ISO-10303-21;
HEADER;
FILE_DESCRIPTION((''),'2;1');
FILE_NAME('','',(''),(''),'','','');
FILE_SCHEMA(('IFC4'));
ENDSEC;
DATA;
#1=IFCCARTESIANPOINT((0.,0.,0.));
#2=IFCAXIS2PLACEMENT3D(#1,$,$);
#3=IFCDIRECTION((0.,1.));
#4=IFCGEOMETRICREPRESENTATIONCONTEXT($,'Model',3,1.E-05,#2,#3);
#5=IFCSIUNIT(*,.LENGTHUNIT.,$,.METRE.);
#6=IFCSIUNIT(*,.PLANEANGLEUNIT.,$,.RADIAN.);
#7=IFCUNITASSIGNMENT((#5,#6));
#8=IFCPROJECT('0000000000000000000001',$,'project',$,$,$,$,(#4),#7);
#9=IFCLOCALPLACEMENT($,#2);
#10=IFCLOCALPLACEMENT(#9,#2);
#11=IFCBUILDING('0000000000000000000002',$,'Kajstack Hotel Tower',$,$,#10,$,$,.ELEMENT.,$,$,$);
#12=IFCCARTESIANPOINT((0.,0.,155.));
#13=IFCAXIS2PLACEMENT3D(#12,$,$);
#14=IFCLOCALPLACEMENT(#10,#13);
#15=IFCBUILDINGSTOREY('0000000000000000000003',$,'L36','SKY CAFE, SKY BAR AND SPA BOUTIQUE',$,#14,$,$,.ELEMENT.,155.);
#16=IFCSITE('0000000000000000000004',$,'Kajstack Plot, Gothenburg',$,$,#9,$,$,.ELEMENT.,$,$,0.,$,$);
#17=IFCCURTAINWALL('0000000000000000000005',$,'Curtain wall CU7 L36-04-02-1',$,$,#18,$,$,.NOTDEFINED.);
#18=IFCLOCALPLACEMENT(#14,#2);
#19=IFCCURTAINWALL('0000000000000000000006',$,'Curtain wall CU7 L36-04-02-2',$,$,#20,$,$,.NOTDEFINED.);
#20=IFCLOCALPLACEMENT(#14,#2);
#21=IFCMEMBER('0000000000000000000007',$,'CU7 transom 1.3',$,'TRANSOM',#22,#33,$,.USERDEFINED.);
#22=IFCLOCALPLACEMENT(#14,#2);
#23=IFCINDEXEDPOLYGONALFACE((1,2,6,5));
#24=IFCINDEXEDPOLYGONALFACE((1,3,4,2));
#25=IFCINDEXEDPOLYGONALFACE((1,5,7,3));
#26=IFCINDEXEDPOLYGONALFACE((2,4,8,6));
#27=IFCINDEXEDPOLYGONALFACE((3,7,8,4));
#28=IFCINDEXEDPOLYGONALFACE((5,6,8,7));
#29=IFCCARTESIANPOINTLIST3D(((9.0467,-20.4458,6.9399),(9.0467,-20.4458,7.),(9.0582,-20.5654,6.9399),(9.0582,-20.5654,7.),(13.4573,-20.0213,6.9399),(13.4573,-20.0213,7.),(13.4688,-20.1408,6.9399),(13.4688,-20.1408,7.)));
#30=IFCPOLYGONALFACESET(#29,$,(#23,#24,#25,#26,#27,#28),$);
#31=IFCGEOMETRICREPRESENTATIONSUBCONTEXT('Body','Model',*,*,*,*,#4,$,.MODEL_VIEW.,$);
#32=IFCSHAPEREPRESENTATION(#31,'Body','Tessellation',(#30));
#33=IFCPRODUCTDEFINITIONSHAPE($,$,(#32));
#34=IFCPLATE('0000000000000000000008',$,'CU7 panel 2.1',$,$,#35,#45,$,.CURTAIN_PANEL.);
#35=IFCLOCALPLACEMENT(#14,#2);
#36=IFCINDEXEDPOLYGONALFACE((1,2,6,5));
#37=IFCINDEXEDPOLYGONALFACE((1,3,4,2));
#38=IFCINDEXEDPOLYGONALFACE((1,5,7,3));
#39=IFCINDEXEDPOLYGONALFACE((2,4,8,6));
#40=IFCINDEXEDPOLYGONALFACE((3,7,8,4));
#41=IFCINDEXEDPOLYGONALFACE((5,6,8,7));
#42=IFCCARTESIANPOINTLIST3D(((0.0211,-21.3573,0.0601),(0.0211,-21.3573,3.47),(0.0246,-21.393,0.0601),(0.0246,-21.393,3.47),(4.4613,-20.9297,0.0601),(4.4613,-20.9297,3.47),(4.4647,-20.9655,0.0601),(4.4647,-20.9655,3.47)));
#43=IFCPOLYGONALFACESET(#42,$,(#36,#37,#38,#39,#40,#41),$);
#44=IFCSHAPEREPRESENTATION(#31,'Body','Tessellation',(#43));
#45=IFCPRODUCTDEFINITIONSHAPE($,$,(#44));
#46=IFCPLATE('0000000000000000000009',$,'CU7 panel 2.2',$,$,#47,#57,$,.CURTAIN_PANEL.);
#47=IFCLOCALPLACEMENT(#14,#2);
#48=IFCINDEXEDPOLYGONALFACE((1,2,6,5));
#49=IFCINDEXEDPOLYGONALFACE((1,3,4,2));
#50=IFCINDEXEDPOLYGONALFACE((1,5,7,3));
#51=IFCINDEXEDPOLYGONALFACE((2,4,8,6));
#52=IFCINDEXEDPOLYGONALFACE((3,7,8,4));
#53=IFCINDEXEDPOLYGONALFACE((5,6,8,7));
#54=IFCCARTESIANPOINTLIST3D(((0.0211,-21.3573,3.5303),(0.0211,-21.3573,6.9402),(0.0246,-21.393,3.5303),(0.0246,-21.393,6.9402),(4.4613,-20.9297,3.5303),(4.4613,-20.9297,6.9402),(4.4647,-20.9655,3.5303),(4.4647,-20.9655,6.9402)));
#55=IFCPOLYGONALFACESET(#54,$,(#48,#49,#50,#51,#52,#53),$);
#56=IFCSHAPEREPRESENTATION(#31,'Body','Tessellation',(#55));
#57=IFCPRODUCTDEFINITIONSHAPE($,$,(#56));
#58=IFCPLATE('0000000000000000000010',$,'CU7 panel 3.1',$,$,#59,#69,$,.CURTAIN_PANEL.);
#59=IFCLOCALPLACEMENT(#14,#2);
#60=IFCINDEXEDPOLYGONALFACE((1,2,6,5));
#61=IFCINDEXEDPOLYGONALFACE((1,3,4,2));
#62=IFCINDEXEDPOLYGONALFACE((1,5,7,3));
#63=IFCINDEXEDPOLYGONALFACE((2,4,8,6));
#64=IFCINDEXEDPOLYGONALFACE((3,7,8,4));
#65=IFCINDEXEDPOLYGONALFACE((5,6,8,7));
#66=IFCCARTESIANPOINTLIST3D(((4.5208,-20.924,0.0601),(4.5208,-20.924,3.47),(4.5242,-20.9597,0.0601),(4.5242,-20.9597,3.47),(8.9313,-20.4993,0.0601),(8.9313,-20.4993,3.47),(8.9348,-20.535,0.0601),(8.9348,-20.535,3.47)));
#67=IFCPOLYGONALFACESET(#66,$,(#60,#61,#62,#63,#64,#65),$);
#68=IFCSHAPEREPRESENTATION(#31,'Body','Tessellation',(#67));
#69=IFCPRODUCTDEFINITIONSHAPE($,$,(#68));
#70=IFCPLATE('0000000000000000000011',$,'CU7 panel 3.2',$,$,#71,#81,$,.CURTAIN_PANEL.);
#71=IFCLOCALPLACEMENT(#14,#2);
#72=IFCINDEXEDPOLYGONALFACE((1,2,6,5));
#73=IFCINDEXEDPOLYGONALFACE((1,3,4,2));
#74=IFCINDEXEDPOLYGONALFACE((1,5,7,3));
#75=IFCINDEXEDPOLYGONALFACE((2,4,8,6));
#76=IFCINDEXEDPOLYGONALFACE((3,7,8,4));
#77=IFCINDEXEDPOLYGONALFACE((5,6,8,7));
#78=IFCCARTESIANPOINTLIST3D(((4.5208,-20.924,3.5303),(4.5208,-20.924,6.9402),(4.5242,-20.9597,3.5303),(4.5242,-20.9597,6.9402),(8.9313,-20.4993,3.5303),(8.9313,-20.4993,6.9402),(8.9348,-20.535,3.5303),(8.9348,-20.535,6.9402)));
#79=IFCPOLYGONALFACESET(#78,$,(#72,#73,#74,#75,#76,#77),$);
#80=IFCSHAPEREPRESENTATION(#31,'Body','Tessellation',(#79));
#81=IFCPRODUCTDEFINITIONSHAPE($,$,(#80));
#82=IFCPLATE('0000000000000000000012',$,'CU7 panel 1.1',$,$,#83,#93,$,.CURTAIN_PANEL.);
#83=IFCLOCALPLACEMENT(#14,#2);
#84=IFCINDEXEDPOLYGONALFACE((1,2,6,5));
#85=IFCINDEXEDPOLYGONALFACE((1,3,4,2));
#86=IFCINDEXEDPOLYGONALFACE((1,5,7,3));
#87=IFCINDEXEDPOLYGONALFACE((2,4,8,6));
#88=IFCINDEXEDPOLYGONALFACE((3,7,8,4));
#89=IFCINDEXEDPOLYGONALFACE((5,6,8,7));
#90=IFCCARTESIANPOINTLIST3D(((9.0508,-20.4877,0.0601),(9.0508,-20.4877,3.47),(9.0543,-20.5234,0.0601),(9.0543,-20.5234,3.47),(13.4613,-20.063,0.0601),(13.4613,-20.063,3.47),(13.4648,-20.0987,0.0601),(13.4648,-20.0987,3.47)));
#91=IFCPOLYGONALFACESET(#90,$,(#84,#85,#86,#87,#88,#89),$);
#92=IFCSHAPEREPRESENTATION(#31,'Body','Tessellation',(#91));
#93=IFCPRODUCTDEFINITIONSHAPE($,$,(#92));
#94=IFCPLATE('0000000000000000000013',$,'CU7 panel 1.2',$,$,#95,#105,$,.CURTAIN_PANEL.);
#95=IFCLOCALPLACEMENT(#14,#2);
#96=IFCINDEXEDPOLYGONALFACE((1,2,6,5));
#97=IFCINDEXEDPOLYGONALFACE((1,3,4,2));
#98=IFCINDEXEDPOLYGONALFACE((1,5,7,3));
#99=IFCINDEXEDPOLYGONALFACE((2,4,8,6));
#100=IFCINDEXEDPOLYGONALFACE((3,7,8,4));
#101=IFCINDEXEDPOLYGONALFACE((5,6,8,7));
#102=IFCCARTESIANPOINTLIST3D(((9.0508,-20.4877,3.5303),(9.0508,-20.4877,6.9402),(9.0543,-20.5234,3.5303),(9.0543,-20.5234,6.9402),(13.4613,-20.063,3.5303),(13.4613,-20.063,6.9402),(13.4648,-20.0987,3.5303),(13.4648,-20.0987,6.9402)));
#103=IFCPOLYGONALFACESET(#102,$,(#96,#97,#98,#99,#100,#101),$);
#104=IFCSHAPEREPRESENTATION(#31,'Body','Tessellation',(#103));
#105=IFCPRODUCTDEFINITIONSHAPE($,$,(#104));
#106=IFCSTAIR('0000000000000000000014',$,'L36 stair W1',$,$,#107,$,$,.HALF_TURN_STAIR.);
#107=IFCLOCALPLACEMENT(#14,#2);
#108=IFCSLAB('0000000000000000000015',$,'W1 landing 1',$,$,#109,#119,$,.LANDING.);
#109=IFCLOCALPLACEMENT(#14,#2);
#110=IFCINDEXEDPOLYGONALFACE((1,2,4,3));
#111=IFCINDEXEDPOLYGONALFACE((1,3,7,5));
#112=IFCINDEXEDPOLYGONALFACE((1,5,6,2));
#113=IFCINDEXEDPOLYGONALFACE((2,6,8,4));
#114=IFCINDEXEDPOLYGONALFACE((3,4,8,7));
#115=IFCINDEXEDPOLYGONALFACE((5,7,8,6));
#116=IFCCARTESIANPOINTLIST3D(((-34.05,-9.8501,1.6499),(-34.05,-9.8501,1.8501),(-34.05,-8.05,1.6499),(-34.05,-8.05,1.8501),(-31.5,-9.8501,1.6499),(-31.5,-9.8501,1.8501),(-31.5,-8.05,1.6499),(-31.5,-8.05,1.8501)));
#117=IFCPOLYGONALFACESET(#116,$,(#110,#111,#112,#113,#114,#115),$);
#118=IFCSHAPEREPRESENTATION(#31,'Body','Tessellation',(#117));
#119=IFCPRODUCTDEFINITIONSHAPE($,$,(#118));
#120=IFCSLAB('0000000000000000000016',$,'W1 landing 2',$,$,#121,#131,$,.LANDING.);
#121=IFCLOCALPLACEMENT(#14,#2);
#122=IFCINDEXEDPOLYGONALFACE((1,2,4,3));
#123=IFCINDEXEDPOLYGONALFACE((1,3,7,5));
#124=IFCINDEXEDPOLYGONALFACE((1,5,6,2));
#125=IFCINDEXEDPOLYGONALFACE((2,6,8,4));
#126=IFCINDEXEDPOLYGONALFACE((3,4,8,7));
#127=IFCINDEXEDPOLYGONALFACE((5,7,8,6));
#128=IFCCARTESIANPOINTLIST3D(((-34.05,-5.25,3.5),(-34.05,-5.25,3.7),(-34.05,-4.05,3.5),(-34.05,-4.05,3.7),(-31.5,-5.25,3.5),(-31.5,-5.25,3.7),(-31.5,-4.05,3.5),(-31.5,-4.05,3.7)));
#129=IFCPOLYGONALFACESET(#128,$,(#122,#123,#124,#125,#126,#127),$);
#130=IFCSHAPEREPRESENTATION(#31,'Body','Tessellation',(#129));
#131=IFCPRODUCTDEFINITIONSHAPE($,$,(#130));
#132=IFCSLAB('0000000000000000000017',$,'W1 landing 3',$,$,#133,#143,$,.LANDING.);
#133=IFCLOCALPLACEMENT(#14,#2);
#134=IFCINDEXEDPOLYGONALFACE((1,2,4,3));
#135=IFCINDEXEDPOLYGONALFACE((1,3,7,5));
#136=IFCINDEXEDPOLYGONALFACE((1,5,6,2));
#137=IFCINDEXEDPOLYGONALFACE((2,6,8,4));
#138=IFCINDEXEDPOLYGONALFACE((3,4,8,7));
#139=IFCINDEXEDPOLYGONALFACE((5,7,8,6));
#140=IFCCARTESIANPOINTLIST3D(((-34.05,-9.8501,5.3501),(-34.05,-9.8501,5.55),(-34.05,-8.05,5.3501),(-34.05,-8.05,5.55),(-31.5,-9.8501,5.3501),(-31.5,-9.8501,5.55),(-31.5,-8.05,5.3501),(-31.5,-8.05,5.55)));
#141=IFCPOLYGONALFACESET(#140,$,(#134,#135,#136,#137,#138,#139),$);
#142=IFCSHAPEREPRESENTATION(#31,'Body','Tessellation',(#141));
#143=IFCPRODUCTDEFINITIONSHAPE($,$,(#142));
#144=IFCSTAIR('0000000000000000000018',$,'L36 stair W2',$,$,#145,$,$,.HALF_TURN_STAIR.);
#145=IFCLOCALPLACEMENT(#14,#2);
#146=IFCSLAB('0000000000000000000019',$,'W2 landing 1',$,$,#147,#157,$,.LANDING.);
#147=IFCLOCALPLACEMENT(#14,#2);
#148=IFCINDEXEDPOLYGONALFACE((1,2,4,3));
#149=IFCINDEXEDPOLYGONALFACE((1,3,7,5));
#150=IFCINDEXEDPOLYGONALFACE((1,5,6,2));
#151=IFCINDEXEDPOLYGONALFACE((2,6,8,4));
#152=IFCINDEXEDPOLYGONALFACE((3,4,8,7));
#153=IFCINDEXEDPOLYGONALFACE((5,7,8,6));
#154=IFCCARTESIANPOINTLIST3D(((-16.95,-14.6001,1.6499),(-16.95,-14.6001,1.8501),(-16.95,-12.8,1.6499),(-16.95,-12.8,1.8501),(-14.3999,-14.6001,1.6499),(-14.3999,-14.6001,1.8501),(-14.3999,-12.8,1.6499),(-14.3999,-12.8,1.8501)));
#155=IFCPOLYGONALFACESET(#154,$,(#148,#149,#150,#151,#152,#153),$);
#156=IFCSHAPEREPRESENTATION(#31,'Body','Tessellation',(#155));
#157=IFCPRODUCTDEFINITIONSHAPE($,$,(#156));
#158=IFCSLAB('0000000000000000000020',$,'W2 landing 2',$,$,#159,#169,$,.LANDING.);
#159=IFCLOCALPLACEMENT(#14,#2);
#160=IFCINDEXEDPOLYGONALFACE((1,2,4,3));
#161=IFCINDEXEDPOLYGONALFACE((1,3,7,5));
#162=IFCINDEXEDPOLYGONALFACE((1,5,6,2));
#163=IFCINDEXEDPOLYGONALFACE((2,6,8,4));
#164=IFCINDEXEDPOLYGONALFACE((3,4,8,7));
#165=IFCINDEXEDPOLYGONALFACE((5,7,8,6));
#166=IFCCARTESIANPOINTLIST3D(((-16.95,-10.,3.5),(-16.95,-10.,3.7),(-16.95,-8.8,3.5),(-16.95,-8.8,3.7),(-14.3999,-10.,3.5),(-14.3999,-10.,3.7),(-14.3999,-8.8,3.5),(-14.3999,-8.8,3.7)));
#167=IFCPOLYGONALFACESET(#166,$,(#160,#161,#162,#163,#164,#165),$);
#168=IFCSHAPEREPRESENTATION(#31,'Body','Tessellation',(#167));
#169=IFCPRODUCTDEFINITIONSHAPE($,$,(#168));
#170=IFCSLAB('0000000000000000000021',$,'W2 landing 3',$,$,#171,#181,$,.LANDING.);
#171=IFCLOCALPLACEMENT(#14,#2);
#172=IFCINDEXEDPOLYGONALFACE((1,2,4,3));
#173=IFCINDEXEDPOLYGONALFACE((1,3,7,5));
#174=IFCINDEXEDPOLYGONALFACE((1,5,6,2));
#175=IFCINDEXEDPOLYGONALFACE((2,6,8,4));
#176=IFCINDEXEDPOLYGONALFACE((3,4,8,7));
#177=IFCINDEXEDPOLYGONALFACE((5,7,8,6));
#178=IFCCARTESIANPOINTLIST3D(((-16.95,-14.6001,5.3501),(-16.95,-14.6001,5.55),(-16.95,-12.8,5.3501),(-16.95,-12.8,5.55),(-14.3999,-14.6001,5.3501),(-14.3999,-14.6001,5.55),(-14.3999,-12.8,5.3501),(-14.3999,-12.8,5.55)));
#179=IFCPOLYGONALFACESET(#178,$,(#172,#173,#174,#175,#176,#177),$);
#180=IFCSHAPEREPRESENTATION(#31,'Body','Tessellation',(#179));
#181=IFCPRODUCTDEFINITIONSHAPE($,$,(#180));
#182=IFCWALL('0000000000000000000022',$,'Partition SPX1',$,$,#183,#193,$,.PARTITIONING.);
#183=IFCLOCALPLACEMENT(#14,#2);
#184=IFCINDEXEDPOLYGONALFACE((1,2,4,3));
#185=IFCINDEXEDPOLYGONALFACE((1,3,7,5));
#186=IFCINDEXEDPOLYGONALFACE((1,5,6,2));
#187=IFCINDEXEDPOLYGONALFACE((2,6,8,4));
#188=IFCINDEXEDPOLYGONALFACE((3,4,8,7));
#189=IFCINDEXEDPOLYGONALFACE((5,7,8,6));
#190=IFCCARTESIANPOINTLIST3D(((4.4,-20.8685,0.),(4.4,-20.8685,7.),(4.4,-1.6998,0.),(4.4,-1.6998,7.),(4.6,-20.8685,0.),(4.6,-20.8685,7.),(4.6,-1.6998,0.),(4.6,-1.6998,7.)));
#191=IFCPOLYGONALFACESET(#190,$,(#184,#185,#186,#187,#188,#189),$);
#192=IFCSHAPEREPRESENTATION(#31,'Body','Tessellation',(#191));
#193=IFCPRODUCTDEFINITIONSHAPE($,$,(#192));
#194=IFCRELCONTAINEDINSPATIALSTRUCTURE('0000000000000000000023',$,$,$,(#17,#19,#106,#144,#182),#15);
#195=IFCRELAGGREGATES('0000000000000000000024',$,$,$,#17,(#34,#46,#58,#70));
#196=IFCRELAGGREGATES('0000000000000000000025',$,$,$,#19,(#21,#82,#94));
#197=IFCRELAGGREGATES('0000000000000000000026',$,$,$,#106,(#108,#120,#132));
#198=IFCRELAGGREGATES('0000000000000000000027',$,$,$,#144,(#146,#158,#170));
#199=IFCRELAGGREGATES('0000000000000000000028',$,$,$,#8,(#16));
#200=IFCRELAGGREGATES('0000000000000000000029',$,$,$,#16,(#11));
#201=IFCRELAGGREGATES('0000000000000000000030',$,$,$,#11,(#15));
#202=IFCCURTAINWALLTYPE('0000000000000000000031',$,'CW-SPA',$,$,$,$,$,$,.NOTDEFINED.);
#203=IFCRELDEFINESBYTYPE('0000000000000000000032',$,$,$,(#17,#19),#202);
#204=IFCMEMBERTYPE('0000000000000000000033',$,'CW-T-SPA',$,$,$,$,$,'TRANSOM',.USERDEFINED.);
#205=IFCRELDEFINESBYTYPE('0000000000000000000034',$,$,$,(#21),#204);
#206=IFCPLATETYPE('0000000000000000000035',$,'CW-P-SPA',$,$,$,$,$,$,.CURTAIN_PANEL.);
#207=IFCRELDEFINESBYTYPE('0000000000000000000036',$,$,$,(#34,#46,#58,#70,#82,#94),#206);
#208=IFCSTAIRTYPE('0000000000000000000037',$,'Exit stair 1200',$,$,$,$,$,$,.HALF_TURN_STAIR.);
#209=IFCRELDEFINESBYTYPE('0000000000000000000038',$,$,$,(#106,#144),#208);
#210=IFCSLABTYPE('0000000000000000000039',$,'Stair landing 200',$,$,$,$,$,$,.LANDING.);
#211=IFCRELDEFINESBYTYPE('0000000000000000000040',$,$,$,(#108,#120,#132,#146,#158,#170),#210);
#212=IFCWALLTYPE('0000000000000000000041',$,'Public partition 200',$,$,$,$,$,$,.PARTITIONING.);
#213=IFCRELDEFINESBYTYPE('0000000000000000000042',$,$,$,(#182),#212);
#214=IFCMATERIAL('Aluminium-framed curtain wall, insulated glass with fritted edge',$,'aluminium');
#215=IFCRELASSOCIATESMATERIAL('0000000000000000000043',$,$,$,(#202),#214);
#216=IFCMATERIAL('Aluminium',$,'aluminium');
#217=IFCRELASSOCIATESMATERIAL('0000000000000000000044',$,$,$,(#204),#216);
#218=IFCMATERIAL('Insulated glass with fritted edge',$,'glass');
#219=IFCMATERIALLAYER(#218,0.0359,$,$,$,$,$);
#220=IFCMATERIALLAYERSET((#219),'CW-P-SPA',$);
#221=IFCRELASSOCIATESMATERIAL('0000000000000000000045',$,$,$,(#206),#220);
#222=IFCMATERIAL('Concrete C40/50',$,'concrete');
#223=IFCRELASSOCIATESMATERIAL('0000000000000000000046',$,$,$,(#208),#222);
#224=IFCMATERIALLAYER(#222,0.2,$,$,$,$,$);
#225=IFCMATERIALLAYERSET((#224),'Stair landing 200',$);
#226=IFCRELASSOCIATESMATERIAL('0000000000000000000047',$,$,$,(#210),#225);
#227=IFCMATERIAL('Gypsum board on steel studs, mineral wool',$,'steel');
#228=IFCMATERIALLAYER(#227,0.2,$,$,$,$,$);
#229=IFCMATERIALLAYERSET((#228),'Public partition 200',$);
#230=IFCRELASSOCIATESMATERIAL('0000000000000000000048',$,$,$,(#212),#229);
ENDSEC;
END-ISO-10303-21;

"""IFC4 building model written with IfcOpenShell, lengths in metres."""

from ifc_helpers import new_model, si_unit, direction, frame, frame_2d, origin, origin_2d, place, context, subcontext, project, spatial, polyline, rectangle, outline, extrude, material, layer, layer_set, material_profile, profile_set, type_object, element, aggregate, save


model = new_model("IFC4")

# Units and contexts
model_context = context("Model", 3, precision=1e-05, world=origin(), true_north=direction((0.0, 1.0)))
body_context = subcontext(model_context, "Body", "Model", "MODEL_VIEW")
ifc_project = project(units=[si_unit("LENGTHUNIT", "METRE"), si_unit("PLANEANGLEUNIT", "RADIAN")], contexts=[model_context])

# Site, building, storey
site_placement = place(None, origin())
site = spatial("IfcSite", under=ifc_project, at=site_placement, Name="Kajstack Plot, Gothenburg", CompositionType="ELEMENT", RefElevation=0.0)
building_placement = place(site_placement, origin())
building = spatial("IfcBuilding", under=site, at=building_placement, Name="Kajstack Hotel Tower", CompositionType="ELEMENT")
storey_placement = place(building_placement, frame((0.0, 0.0, 155.0)))
storey = spatial("IfcBuildingStorey", under=building, at=storey_placement, Name="L36", Description="SKY CAFE, SKY BAR AND SPA BOUTIQUE", CompositionType="ELEMENT", Elevation=155.0)

# Curtain walls
ifc_material_1 = material(Name="Aluminium-framed curtain wall, insulated glass with fritted edge", Category="aluminium")
curtain_wall_type = type_object("IfcCurtainWallType", Name="CW-SPA", PredefinedType="NOTDEFINED", material=ifc_material_1)
curtain_wall_1_placement = place(storey_placement, origin())
curtain_wall_1 = element("IfcCurtainWall", 1, at=curtain_wall_1_placement, inside=storey, type_object=curtain_wall_type, Name="Curtain wall CU7 L36-04-02-1", PredefinedType="NOTDEFINED")
ifc_material_2 = material(Name="Aluminium", Category="aluminium")
curtain_wall_2_placement = place(storey_placement, origin())
curtain_wall_2 = element("IfcCurtainWall", 2, at=curtain_wall_2_placement, inside=storey, type_object=curtain_wall_type, Name="Curtain wall CU7 L36-04-02-2", PredefinedType="NOTDEFINED")

# Member
ifc_material_profile_1 = material_profile(ifc_material_2, rectangle(XDim=0.1201, YDim=0.0601, at=origin_2d()), Name="Aluminium transom 120 x 60")
ifc_profile_set_1 = profile_set([ifc_material_profile_1], Name="Aluminium")
member_type_1 = type_object("IfcMemberType", Name="CW-T-SPA", ElementType="TRANSOM", PredefinedType="USERDEFINED", material=ifc_profile_set_1)
member_1_placement = place(storey_placement, frame((9.0525, -20.5056, 6.97), z_axis=(0.995399, 0.095821, 0.0), x_axis=(-0.095821, 0.995399, 0.0)))
member_1 = element("IfcMember", 3, at=member_1_placement, type_object=member_type_1, Name="CU7 transom 1.3", ObjectType="TRANSOM", PredefinedType="USERDEFINED", context=body_context, shape_type="SweptSolid", body=[
    extrude(rectangle(XDim=0.1201, YDim=0.0601, at=origin_2d()), origin(), (0.0, 0.0, 1.0), 4.4309),
])

# Plates
ifc_material_3 = material(Name="Insulated glass with fritted edge", Category="glass")
ifc_layer_1 = layer(ifc_material_3, 0.0359)
ifc_layer_set_1 = layer_set([ifc_layer_1], Name="CW-P-SPA")
plate_type = type_object("IfcPlateType", Name="CW-P-SPA", PredefinedType="CURTAIN_PANEL", material=ifc_layer_set_1)
plate_1_placement = place(storey_placement, frame((2.2429, -21.1614, 0.0601), z_axis=(0.0, 0.0, 1.0), x_axis=(0.995396, 0.095845, 0.0)))
plate_1 = element("IfcPlate", 4, at=plate_1_placement, type_object=plate_type, Name="CU7 panel 2.1", PredefinedType="CURTAIN_PANEL", context=body_context, shape_type="SweptSolid", body=[
    extrude(rectangle(XDim=4.4607, YDim=0.0359, at=origin_2d()), origin(), (0.0, 0.0, 1.0), 3.4099),
])
plate_2_placement = place(storey_placement, frame((2.2429, -21.1614, 3.5303), z_axis=(0.0, 0.0, 1.0), x_axis=(0.995396, 0.095845, 0.0)))
plate_2 = element("IfcPlate", 5, at=plate_2_placement, type_object=plate_type, Name="CU7 panel 2.2", PredefinedType="CURTAIN_PANEL", context=body_context, shape_type="SweptSolid", body=[
    extrude(rectangle(XDim=4.4607, YDim=0.0359, at=origin_2d()), origin(), (0.0, 0.0, 1.0), 3.4099),
])
plate_3_placement = place(storey_placement, frame((6.7278, -20.7295, 0.0601), z_axis=(0.0, 0.0, 1.0), x_axis=(0.995396, 0.095845, 0.0)))
plate_3 = element("IfcPlate", 6, at=plate_3_placement, type_object=plate_type, Name="CU7 panel 3.1", PredefinedType="CURTAIN_PANEL", context=body_context, shape_type="SweptSolid", body=[
    extrude(rectangle(XDim=4.4309, YDim=0.0359, at=origin_2d()), origin(), (0.0, 0.0, 1.0), 3.4099),
])
plate_4_placement = place(storey_placement, frame((6.7278, -20.7295, 3.5303), z_axis=(0.0, 0.0, 1.0), x_axis=(0.995396, 0.095845, 0.0)))
plate_4 = element("IfcPlate", 7, at=plate_4_placement, type_object=plate_type, Name="CU7 panel 3.2", PredefinedType="CURTAIN_PANEL", context=body_context, shape_type="SweptSolid", body=[
    extrude(rectangle(XDim=4.4309, YDim=0.0359, at=origin_2d()), origin(), (0.0, 0.0, 1.0), 3.4099),
])
aggregate(curtain_wall_1, [plate_1, plate_2, plate_3, plate_4])
plate_5_placement = place(storey_placement, frame((11.2578, -20.2932, 0.0601), z_axis=(0.0, 0.0, 1.0), x_axis=(0.995396, 0.095845, 0.0)))
plate_5 = element("IfcPlate", 8, at=plate_5_placement, type_object=plate_type, Name="CU7 panel 1.1", PredefinedType="CURTAIN_PANEL", context=body_context, shape_type="SweptSolid", body=[
    extrude(rectangle(XDim=4.4309, YDim=0.0359, at=origin_2d()), origin(), (0.0, 0.0, 1.0), 3.4099),
])
plate_6_placement = place(storey_placement, frame((11.2578, -20.2932, 3.5303), z_axis=(0.0, 0.0, 1.0), x_axis=(0.995396, 0.095845, 0.0)))
plate_6 = element("IfcPlate", 9, at=plate_6_placement, type_object=plate_type, Name="CU7 panel 1.2", PredefinedType="CURTAIN_PANEL", context=body_context, shape_type="SweptSolid", body=[
    extrude(rectangle(XDim=4.4309, YDim=0.0359, at=origin_2d()), origin(), (0.0, 0.0, 1.0), 3.4099),
])
aggregate(curtain_wall_2, [member_1, plate_5, plate_6])

# Stairs, slabs
ifc_material_4 = material(Name="Concrete C40/50", Category="concrete")
stair_type = type_object("IfcStairType", Name="Exit stair 1200", PredefinedType="HALF_TURN_STAIR", material=ifc_material_4)
stair_1_placement = place(storey_placement, origin())
stair_1 = element("IfcStair", 10, at=stair_1_placement, inside=storey, type_object=stair_type, Name="L36 stair W1", PredefinedType="HALF_TURN_STAIR")
ifc_layer_2 = layer(ifc_material_4, 0.2)
ifc_layer_set_2 = layer_set([ifc_layer_2], Name="Stair landing 200")
slab_type = type_object("IfcSlabType", Name="Stair landing 200", PredefinedType="LANDING", material=ifc_layer_set_2)
slab_1_placement = place(storey_placement, frame((0.0, 0.0, 1.6499)))
slab_1 = element("IfcSlab", 11, at=slab_1_placement, type_object=slab_type, Name="W1 landing 1", PredefinedType="LANDING", context=body_context, shape_type="SweptSolid", body=[
    extrude(outline(polyline([(-34.05, -8.05), (-34.05, -9.8501), (-31.5, -9.8501), (-31.5, -8.05), (-34.05, -8.05)])), origin(), (0.0, 0.0, 1.0), 0.2002),
])
slab_2_placement = place(storey_placement, frame((0.0, 0.0, 3.5)))
slab_2 = element("IfcSlab", 12, at=slab_2_placement, type_object=slab_type, Name="W1 landing 2", PredefinedType="LANDING", context=body_context, shape_type="SweptSolid", body=[
    extrude(outline(polyline([(-34.05, -4.05), (-34.05, -5.25), (-31.5, -5.25), (-31.5, -4.05), (-34.05, -4.05)])), origin(), (0.0, 0.0, 1.0), 0.2),
])
slab_3_placement = place(storey_placement, frame((0.0, 0.0, 5.3501)))
slab_3 = element("IfcSlab", 13, at=slab_3_placement, type_object=slab_type, Name="W1 landing 3", PredefinedType="LANDING", context=body_context, shape_type="SweptSolid", body=[
    extrude(outline(polyline([(-34.05, -8.05), (-34.05, -9.8501), (-31.5, -9.8501), (-31.5, -8.05), (-34.05, -8.05)])), origin(), (0.0, 0.0, 1.0), 0.2),
])
aggregate(stair_1, [slab_1, slab_2, slab_3])
stair_2_placement = place(storey_placement, origin())
stair_2 = element("IfcStair", 14, at=stair_2_placement, inside=storey, type_object=stair_type, Name="L36 stair W2", PredefinedType="HALF_TURN_STAIR")
slab_4_placement = place(storey_placement, frame((0.0, 0.0, 1.6499)))
slab_4 = element("IfcSlab", 15, at=slab_4_placement, type_object=slab_type, Name="W2 landing 1", PredefinedType="LANDING", context=body_context, shape_type="SweptSolid", body=[
    extrude(outline(polyline([(-16.95, -12.8), (-16.95, -14.6001), (-14.3999, -14.6001), (-14.3999, -12.8), (-16.95, -12.8)])), origin(), (0.0, 0.0, 1.0), 0.2002),
])
slab_5_placement = place(storey_placement, frame((0.0, 0.0, 3.5)))
slab_5 = element("IfcSlab", 16, at=slab_5_placement, type_object=slab_type, Name="W2 landing 2", PredefinedType="LANDING", context=body_context, shape_type="SweptSolid", body=[
    extrude(outline(polyline([(-16.95, -8.8), (-16.95, -10.0), (-14.3999, -10.0), (-14.3999, -8.8), (-16.95, -8.8)])), origin(), (0.0, 0.0, 1.0), 0.2),
])
slab_6_placement = place(storey_placement, frame((0.0, 0.0, 5.3501)))
slab_6 = element("IfcSlab", 17, at=slab_6_placement, type_object=slab_type, Name="W2 landing 3", PredefinedType="LANDING", context=body_context, shape_type="SweptSolid", body=[
    extrude(outline(polyline([(-16.95, -12.8), (-16.95, -14.6001), (-14.3999, -14.6001), (-14.3999, -12.8), (-16.95, -12.8)])), origin(), (0.0, 0.0, 1.0), 0.2),
])
aggregate(stair_2, [slab_4, slab_5, slab_6])

# Wall
ifc_material_5 = material(Name="Gypsum board on steel studs, mineral wool", Category="steel")
ifc_layer_3 = layer(ifc_material_5, 0.2)
ifc_layer_set_3 = layer_set([ifc_layer_3], Name="Public partition 200")
wall_type = type_object("IfcWallType", Name="Public partition 200", PredefinedType="PARTITIONING", material=ifc_layer_set_3)
wall_1_placement = place(storey_placement, frame((4.5, -20.8687, 0.0), z_axis=(0.0, 0.0, 1.0), x_axis=(0.0, 1.0, 0.0)))
element("IfcWall", 18, at=wall_1_placement, inside=storey, type_object=wall_type, Name="Partition SPX1", PredefinedType="PARTITIONING", context=body_context, shape_type="SweptSolid", body=[
    extrude(rectangle(XDim=19.1687, YDim=0.2, at=frame_2d((9.5845, 0.0))), origin(), (0.0, 0.0, 1.0), 7.0),
])

save(model, "model.ifc")
